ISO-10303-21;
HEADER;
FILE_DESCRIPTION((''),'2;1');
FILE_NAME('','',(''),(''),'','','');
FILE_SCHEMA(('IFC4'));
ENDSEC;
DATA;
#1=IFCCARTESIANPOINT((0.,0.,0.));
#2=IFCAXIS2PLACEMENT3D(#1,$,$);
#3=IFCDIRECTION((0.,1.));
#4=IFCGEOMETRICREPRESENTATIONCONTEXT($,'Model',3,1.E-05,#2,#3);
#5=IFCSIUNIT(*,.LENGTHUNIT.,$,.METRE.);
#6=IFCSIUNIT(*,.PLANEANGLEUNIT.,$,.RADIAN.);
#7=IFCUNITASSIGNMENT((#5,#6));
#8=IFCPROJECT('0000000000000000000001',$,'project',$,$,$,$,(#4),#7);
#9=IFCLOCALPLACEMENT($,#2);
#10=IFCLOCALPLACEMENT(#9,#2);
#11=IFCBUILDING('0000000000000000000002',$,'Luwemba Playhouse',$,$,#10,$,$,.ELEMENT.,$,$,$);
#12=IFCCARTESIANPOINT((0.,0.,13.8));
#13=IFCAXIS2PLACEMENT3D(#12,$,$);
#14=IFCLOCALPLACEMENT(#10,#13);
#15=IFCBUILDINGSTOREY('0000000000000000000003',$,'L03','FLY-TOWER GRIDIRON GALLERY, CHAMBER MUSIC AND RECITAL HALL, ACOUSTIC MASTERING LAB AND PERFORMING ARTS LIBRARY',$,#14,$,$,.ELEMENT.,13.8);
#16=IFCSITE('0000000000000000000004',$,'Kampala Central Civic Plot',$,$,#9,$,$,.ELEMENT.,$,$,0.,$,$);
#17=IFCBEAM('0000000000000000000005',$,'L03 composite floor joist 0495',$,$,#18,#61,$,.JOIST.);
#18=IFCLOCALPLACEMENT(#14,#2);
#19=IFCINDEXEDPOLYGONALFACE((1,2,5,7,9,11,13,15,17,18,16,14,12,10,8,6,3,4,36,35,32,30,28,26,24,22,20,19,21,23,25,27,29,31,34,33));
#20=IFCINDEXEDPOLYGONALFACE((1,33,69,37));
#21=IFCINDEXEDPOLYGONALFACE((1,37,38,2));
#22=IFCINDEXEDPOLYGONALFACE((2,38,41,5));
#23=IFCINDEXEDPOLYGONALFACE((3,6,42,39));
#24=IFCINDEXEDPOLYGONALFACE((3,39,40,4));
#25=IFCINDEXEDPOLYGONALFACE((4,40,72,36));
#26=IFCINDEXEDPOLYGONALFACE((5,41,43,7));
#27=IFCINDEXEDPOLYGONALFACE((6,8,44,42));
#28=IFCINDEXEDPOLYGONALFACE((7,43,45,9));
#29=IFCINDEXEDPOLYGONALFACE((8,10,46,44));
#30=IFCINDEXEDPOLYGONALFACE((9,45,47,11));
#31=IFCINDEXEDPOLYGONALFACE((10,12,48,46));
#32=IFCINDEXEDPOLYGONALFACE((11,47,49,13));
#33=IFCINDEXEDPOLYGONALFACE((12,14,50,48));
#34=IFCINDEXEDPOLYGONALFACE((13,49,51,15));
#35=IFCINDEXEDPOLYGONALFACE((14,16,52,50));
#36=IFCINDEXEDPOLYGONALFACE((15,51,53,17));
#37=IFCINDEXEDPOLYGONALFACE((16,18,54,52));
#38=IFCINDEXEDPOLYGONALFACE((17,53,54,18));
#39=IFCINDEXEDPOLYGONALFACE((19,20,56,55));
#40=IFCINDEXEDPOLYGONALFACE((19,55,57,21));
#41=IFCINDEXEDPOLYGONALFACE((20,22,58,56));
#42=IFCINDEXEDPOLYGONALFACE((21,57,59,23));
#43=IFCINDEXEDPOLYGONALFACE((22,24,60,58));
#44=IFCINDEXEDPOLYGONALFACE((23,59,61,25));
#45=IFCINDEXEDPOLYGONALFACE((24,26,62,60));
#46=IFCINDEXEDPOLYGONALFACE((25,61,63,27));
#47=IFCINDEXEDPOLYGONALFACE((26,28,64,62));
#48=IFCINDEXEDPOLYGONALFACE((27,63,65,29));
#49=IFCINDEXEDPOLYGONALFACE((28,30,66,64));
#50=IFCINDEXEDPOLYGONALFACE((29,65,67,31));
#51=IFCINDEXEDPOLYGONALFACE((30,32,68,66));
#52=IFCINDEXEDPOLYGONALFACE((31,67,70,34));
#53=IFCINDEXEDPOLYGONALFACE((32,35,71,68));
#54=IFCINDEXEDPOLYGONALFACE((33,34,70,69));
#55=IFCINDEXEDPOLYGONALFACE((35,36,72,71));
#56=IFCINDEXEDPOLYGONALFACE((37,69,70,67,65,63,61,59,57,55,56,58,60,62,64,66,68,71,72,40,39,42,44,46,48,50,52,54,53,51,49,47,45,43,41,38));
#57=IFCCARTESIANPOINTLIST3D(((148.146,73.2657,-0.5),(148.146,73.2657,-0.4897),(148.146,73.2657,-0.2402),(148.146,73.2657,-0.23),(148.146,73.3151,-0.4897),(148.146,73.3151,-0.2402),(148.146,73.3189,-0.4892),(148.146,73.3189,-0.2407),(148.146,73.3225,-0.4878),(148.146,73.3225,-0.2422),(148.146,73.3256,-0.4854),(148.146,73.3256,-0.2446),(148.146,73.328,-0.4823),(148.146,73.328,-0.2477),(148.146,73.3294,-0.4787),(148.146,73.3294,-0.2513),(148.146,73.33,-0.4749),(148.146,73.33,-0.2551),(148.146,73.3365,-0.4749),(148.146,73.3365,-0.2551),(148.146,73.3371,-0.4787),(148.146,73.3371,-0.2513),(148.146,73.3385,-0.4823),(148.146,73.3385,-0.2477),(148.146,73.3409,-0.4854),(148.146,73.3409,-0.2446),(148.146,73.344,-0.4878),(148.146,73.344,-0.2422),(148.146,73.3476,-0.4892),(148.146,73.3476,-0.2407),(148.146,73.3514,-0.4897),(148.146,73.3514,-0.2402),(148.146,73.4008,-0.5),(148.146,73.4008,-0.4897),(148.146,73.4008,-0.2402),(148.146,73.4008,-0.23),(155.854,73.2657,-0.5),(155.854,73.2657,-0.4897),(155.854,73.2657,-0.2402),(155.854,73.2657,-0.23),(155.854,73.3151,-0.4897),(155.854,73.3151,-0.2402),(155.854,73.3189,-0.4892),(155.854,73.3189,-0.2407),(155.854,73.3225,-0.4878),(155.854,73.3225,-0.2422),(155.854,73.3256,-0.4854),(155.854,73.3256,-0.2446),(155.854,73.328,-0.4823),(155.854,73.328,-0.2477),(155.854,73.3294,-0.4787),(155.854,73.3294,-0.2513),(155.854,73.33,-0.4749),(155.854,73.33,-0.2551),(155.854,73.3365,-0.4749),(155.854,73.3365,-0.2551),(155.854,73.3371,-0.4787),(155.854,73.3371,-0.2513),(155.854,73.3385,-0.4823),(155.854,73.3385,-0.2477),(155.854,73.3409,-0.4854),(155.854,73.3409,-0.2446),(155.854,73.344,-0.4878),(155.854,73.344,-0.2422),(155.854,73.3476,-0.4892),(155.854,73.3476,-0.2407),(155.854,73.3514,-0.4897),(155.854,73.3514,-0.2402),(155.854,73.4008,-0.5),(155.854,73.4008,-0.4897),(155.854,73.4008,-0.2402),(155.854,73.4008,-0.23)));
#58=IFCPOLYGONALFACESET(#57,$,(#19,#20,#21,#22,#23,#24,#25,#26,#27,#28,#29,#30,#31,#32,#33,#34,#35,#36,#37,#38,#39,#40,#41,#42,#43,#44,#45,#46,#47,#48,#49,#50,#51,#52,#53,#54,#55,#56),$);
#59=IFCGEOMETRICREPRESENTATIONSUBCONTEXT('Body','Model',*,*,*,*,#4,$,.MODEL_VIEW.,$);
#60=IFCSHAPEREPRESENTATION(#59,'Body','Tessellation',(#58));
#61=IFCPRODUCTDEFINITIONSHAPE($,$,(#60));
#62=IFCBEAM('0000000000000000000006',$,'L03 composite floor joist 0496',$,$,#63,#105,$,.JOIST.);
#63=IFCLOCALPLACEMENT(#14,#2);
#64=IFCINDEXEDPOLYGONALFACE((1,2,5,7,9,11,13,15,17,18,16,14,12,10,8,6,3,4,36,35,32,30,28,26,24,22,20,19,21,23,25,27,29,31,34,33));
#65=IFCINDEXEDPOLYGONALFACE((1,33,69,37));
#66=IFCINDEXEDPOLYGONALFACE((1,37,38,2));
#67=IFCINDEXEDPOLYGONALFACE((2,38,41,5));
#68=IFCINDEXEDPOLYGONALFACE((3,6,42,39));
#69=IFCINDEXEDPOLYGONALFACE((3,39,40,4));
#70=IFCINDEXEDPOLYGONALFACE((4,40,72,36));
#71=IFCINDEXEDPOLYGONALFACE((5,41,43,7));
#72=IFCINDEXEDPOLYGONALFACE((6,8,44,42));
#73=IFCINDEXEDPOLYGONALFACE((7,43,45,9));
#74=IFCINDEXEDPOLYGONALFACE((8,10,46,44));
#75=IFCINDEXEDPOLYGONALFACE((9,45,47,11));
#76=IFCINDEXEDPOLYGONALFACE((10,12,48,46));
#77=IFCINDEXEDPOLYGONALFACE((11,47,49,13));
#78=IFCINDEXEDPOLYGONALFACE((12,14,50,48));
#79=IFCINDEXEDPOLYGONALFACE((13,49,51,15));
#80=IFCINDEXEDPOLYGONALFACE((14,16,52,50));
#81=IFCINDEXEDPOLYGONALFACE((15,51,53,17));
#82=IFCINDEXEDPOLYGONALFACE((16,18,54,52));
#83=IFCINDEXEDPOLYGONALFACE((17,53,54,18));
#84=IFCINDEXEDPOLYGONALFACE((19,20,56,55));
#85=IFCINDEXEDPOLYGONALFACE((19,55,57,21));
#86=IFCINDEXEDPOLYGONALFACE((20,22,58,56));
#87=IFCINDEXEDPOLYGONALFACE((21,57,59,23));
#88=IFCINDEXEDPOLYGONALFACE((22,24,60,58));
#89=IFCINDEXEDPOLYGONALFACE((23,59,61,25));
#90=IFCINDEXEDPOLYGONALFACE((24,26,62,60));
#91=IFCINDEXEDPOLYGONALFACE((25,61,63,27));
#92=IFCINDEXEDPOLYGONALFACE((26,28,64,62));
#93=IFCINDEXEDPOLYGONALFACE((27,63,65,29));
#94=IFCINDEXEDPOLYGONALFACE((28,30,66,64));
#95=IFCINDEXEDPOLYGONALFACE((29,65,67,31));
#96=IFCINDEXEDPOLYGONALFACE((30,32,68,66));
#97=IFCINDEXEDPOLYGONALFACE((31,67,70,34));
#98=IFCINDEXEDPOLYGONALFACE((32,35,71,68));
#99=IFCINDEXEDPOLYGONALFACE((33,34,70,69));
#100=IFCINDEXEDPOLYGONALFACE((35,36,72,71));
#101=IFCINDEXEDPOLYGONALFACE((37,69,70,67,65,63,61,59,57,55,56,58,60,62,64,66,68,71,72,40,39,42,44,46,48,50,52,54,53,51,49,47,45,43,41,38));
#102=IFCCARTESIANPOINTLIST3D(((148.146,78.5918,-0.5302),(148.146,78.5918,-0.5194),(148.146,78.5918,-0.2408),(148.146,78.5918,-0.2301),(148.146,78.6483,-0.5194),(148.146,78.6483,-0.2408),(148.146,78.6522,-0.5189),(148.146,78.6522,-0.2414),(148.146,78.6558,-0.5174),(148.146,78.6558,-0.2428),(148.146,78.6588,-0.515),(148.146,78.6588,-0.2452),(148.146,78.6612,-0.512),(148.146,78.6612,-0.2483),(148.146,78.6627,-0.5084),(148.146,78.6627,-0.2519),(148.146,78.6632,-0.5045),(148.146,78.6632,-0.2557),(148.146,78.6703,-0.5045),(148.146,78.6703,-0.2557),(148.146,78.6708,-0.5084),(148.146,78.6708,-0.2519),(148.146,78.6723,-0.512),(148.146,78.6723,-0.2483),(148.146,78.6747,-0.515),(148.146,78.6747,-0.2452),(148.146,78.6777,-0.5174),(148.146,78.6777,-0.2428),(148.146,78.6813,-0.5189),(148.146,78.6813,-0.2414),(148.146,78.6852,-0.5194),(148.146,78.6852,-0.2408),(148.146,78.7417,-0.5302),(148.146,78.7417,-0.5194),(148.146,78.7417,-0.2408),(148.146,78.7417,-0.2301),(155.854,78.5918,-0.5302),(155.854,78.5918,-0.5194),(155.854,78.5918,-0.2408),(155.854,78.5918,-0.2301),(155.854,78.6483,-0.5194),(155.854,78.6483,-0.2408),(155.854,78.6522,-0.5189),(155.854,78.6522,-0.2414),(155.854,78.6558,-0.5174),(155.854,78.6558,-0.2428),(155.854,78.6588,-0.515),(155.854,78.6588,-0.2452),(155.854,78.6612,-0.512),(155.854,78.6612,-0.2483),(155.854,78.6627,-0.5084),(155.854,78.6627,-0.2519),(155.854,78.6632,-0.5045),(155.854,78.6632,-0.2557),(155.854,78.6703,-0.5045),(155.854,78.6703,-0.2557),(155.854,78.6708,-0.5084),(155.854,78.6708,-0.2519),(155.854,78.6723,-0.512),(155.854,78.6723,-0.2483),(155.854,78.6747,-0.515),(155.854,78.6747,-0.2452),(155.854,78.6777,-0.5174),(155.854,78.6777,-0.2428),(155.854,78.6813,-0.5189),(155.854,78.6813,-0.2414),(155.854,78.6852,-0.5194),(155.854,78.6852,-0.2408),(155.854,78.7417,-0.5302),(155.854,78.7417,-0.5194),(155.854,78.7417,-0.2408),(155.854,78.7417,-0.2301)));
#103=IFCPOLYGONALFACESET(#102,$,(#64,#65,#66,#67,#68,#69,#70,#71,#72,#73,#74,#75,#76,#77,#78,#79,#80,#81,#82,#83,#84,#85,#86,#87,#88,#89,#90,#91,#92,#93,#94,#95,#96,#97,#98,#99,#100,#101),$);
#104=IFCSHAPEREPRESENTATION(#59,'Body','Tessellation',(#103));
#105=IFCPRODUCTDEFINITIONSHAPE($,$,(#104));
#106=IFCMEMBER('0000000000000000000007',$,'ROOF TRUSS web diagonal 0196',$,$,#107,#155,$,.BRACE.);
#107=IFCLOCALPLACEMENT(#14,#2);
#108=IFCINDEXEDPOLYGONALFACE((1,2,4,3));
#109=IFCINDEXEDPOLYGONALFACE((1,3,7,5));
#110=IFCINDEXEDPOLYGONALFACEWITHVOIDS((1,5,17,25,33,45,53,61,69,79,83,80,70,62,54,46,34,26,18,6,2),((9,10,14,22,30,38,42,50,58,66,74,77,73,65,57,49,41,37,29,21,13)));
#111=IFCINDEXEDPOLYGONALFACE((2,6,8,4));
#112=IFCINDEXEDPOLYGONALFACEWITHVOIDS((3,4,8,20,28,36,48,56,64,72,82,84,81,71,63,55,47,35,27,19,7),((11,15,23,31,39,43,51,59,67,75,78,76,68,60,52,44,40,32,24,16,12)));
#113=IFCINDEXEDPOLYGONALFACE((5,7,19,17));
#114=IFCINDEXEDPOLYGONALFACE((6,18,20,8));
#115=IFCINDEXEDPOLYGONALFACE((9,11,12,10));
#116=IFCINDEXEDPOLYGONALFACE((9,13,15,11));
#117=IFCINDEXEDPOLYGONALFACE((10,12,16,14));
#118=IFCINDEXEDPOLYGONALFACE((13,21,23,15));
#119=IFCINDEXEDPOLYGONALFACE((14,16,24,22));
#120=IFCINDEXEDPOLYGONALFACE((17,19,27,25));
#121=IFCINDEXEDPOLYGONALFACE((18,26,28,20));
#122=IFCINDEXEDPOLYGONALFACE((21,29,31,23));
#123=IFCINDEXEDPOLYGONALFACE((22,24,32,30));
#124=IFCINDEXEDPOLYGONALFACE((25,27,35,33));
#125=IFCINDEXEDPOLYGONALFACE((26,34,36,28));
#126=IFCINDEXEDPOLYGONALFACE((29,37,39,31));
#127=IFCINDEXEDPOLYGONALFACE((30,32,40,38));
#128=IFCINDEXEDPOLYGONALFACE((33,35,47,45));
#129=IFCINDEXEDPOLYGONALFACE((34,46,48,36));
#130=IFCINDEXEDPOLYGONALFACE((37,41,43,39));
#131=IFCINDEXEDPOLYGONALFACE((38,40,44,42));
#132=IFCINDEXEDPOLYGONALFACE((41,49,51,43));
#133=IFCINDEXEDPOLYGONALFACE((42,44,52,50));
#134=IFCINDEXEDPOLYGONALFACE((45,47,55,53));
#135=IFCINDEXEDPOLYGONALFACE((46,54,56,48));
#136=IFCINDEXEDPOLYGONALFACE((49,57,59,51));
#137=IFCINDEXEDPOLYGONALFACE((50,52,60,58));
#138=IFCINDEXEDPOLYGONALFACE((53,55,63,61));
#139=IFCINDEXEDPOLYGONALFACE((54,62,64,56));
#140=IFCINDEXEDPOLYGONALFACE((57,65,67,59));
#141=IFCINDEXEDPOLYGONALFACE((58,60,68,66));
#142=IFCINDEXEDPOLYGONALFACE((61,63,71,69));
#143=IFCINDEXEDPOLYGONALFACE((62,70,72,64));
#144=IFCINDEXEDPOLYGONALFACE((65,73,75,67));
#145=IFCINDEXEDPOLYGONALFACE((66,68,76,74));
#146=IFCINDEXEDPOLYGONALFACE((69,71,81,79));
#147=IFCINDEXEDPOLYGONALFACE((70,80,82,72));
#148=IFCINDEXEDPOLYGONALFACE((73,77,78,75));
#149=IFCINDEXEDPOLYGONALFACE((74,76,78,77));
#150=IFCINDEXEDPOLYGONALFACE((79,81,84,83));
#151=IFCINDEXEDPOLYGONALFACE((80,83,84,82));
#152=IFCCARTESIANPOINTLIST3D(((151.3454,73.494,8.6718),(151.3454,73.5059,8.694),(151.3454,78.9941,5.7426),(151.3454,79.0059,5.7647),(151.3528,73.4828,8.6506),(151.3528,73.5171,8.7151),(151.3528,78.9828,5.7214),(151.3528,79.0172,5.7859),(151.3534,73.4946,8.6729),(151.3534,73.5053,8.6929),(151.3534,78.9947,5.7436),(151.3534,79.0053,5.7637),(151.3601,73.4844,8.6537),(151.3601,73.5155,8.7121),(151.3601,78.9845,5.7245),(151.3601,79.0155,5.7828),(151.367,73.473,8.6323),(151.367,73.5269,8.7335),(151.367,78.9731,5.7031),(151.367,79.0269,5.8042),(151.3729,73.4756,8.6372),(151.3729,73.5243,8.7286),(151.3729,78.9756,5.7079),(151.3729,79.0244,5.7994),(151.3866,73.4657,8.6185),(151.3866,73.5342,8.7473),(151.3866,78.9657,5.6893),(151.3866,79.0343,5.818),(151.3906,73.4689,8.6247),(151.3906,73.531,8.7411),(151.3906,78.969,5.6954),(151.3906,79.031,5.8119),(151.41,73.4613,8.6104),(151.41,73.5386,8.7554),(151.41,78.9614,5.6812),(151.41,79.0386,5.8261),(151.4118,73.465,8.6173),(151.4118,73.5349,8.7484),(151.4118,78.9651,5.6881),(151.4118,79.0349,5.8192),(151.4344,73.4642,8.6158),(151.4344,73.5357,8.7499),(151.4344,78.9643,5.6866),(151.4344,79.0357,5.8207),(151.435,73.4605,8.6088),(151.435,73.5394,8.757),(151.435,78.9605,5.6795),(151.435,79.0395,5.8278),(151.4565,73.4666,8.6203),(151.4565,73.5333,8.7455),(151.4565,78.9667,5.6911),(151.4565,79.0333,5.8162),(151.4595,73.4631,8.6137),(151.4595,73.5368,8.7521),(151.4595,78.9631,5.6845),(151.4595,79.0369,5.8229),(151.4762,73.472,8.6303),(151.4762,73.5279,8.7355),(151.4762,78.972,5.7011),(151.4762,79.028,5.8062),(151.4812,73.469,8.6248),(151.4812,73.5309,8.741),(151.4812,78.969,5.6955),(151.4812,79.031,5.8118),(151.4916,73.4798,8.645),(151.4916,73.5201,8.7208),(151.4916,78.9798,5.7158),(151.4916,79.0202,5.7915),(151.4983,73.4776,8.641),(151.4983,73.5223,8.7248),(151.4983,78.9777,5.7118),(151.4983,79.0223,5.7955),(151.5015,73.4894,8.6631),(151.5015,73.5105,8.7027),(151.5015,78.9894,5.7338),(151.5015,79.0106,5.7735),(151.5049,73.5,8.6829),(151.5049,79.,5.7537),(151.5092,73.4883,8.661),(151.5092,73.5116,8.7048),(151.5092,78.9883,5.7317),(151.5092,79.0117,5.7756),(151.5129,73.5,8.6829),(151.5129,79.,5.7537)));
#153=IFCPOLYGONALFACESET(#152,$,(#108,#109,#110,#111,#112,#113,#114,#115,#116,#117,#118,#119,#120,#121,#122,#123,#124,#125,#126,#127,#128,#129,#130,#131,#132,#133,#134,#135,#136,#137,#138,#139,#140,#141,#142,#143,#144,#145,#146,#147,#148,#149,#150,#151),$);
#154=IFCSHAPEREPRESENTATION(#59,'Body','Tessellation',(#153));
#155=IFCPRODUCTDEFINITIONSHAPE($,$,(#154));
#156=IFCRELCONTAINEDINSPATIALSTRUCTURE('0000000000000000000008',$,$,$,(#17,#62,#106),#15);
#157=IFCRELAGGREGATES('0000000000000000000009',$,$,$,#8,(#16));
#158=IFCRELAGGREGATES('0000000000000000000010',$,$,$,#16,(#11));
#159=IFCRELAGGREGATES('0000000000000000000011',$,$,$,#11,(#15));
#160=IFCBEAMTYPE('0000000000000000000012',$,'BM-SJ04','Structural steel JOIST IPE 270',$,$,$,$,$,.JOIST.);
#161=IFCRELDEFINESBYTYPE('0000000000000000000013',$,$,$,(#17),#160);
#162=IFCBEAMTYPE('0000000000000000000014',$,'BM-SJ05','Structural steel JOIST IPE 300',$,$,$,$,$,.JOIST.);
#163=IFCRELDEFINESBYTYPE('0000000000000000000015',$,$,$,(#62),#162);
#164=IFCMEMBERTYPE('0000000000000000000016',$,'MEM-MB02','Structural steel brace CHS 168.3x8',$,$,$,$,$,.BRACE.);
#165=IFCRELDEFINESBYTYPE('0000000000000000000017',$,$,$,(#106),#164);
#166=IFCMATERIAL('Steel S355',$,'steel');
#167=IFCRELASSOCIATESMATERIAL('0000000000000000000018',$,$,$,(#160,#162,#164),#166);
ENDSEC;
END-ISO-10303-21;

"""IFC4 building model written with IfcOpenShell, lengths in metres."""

from ifc_helpers import new_model, si_unit, direction, frame, origin, origin_2d, place, context, subcontext, project, spatial, hollow_circle, i_section, extrude, material, material_profile, profile_set, type_object, element, save


model = new_model("IFC4")

# Units and contexts
model_context = context("Model", 3, precision=1e-05, world=origin(), true_north=direction((0.0, 1.0)))
body_context = subcontext(model_context, "Body", "Model", "MODEL_VIEW")
ifc_project = project(units=[si_unit("LENGTHUNIT", "METRE"), si_unit("PLANEANGLEUNIT", "RADIAN")], contexts=[model_context])

# Site, building, storey
site_placement = place(None, origin())
site = spatial("IfcSite", under=ifc_project, at=site_placement, Name="Kampala Central Civic Plot", CompositionType="ELEMENT", RefElevation=0.0)
building_placement = place(site_placement, origin())
building = spatial("IfcBuilding", under=site, at=building_placement, Name="Luwemba Playhouse", CompositionType="ELEMENT")
storey_placement = place(building_placement, frame((0.0, 0.0, 13.8)))
storey = spatial("IfcBuildingStorey", under=building, at=storey_placement, Name="L03", Description="FLY-TOWER GRIDIRON GALLERY, CHAMBER MUSIC AND RECITAL HALL, ACOUSTIC MASTERING LAB AND PERFORMING ARTS LIBRARY", CompositionType="ELEMENT", Elevation=13.8)

# Beams
ifc_material_1 = material(Name="Steel S355", Category="steel")
ifc_material_profile_1 = material_profile(ifc_material_1, i_section(OverallWidth=0.135, OverallDepth=0.27, WebThickness=0.0066, FlangeThickness=0.0103, FilletRadius=0.0149, at=origin_2d()))
ifc_profile_set_1 = profile_set([ifc_material_profile_1], Name="Steel S355")
beam_type_1 = type_object("IfcBeamType", Name="BM-SJ04", Description="Structural steel JOIST IPE 270", PredefinedType="JOIST", material=ifc_profile_set_1)
beam_1_placement = place(storey_placement, frame((148.146, 73.3333, -0.365), z_axis=(1.0, 0.0, 0.0), x_axis=(0.0, 1.0, 0.0)))
element("IfcBeam", 1, at=beam_1_placement, inside=storey, type_object=beam_type_1, Name="L03 composite floor joist 0495", PredefinedType="JOIST", context=body_context, shape_type="SweptSolid", body=[
    extrude(i_section(OverallWidth=0.135, OverallDepth=0.27, WebThickness=0.0066, FlangeThickness=0.0103, FilletRadius=0.0149, at=origin_2d()), origin(), (0.0, 0.0, 1.0), 7.708),
])
ifc_material_profile_2 = material_profile(ifc_material_1, i_section(OverallWidth=0.1499, OverallDepth=0.3, WebThickness=0.0071, FlangeThickness=0.0107, FilletRadius=0.0149, at=origin_2d()))
ifc_profile_set_2 = profile_set([ifc_material_profile_2], Name="Steel S355")
beam_type_2 = type_object("IfcBeamType", Name="BM-SJ05", Description="Structural steel JOIST IPE 300", PredefinedType="JOIST", material=ifc_profile_set_2)
beam_2_placement = place(storey_placement, frame((148.146, 78.6667, -0.3801), z_axis=(1.0, 0.0, 0.0), x_axis=(0.0, 1.0, 0.0)))
element("IfcBeam", 2, at=beam_2_placement, inside=storey, type_object=beam_type_2, Name="L03 composite floor joist 0496", PredefinedType="JOIST", context=body_context, shape_type="SweptSolid", body=[
    extrude(i_section(OverallWidth=0.1499, OverallDepth=0.3, WebThickness=0.0071, FlangeThickness=0.0107, FilletRadius=0.0149, at=origin_2d()), origin(), (0.0, 0.0, 1.0), 7.708),
])

# Member
ifc_material_profile_3 = material_profile(ifc_material_1, hollow_circle(Radius=0.0842, WallThickness=0.0081, at=origin_2d()))
ifc_profile_set_3 = profile_set([ifc_material_profile_3], Name="Steel S355")
member_type_1 = type_object("IfcMemberType", Name="MEM-MB02", Description="Structural steel brace CHS 168.3x8", PredefinedType="BRACE", material=ifc_profile_set_3)
for number, where, z_axis, x_axis, name in (
    (3, (151.4287, 79.0, 5.7537), (0.0, -0.882628, 0.470072), (1.0, 0.0, 0.0), "ROOF TRUSS web diagonal 0196"),
):
    element("IfcMember", number, at=place(storey_placement, frame(where, z_axis=z_axis, x_axis=x_axis)), inside=storey, type_object=member_type_1, Name=name, PredefinedType="BRACE", context=body_context, shape_type="SweptSolid", body=[
        extrude(hollow_circle(Radius=0.0842, WallThickness=0.0081, at=origin_2d()), origin(), (0.0, 0.0, 1.0), 6.2314),
    ])

save(model, "model.ifc")
